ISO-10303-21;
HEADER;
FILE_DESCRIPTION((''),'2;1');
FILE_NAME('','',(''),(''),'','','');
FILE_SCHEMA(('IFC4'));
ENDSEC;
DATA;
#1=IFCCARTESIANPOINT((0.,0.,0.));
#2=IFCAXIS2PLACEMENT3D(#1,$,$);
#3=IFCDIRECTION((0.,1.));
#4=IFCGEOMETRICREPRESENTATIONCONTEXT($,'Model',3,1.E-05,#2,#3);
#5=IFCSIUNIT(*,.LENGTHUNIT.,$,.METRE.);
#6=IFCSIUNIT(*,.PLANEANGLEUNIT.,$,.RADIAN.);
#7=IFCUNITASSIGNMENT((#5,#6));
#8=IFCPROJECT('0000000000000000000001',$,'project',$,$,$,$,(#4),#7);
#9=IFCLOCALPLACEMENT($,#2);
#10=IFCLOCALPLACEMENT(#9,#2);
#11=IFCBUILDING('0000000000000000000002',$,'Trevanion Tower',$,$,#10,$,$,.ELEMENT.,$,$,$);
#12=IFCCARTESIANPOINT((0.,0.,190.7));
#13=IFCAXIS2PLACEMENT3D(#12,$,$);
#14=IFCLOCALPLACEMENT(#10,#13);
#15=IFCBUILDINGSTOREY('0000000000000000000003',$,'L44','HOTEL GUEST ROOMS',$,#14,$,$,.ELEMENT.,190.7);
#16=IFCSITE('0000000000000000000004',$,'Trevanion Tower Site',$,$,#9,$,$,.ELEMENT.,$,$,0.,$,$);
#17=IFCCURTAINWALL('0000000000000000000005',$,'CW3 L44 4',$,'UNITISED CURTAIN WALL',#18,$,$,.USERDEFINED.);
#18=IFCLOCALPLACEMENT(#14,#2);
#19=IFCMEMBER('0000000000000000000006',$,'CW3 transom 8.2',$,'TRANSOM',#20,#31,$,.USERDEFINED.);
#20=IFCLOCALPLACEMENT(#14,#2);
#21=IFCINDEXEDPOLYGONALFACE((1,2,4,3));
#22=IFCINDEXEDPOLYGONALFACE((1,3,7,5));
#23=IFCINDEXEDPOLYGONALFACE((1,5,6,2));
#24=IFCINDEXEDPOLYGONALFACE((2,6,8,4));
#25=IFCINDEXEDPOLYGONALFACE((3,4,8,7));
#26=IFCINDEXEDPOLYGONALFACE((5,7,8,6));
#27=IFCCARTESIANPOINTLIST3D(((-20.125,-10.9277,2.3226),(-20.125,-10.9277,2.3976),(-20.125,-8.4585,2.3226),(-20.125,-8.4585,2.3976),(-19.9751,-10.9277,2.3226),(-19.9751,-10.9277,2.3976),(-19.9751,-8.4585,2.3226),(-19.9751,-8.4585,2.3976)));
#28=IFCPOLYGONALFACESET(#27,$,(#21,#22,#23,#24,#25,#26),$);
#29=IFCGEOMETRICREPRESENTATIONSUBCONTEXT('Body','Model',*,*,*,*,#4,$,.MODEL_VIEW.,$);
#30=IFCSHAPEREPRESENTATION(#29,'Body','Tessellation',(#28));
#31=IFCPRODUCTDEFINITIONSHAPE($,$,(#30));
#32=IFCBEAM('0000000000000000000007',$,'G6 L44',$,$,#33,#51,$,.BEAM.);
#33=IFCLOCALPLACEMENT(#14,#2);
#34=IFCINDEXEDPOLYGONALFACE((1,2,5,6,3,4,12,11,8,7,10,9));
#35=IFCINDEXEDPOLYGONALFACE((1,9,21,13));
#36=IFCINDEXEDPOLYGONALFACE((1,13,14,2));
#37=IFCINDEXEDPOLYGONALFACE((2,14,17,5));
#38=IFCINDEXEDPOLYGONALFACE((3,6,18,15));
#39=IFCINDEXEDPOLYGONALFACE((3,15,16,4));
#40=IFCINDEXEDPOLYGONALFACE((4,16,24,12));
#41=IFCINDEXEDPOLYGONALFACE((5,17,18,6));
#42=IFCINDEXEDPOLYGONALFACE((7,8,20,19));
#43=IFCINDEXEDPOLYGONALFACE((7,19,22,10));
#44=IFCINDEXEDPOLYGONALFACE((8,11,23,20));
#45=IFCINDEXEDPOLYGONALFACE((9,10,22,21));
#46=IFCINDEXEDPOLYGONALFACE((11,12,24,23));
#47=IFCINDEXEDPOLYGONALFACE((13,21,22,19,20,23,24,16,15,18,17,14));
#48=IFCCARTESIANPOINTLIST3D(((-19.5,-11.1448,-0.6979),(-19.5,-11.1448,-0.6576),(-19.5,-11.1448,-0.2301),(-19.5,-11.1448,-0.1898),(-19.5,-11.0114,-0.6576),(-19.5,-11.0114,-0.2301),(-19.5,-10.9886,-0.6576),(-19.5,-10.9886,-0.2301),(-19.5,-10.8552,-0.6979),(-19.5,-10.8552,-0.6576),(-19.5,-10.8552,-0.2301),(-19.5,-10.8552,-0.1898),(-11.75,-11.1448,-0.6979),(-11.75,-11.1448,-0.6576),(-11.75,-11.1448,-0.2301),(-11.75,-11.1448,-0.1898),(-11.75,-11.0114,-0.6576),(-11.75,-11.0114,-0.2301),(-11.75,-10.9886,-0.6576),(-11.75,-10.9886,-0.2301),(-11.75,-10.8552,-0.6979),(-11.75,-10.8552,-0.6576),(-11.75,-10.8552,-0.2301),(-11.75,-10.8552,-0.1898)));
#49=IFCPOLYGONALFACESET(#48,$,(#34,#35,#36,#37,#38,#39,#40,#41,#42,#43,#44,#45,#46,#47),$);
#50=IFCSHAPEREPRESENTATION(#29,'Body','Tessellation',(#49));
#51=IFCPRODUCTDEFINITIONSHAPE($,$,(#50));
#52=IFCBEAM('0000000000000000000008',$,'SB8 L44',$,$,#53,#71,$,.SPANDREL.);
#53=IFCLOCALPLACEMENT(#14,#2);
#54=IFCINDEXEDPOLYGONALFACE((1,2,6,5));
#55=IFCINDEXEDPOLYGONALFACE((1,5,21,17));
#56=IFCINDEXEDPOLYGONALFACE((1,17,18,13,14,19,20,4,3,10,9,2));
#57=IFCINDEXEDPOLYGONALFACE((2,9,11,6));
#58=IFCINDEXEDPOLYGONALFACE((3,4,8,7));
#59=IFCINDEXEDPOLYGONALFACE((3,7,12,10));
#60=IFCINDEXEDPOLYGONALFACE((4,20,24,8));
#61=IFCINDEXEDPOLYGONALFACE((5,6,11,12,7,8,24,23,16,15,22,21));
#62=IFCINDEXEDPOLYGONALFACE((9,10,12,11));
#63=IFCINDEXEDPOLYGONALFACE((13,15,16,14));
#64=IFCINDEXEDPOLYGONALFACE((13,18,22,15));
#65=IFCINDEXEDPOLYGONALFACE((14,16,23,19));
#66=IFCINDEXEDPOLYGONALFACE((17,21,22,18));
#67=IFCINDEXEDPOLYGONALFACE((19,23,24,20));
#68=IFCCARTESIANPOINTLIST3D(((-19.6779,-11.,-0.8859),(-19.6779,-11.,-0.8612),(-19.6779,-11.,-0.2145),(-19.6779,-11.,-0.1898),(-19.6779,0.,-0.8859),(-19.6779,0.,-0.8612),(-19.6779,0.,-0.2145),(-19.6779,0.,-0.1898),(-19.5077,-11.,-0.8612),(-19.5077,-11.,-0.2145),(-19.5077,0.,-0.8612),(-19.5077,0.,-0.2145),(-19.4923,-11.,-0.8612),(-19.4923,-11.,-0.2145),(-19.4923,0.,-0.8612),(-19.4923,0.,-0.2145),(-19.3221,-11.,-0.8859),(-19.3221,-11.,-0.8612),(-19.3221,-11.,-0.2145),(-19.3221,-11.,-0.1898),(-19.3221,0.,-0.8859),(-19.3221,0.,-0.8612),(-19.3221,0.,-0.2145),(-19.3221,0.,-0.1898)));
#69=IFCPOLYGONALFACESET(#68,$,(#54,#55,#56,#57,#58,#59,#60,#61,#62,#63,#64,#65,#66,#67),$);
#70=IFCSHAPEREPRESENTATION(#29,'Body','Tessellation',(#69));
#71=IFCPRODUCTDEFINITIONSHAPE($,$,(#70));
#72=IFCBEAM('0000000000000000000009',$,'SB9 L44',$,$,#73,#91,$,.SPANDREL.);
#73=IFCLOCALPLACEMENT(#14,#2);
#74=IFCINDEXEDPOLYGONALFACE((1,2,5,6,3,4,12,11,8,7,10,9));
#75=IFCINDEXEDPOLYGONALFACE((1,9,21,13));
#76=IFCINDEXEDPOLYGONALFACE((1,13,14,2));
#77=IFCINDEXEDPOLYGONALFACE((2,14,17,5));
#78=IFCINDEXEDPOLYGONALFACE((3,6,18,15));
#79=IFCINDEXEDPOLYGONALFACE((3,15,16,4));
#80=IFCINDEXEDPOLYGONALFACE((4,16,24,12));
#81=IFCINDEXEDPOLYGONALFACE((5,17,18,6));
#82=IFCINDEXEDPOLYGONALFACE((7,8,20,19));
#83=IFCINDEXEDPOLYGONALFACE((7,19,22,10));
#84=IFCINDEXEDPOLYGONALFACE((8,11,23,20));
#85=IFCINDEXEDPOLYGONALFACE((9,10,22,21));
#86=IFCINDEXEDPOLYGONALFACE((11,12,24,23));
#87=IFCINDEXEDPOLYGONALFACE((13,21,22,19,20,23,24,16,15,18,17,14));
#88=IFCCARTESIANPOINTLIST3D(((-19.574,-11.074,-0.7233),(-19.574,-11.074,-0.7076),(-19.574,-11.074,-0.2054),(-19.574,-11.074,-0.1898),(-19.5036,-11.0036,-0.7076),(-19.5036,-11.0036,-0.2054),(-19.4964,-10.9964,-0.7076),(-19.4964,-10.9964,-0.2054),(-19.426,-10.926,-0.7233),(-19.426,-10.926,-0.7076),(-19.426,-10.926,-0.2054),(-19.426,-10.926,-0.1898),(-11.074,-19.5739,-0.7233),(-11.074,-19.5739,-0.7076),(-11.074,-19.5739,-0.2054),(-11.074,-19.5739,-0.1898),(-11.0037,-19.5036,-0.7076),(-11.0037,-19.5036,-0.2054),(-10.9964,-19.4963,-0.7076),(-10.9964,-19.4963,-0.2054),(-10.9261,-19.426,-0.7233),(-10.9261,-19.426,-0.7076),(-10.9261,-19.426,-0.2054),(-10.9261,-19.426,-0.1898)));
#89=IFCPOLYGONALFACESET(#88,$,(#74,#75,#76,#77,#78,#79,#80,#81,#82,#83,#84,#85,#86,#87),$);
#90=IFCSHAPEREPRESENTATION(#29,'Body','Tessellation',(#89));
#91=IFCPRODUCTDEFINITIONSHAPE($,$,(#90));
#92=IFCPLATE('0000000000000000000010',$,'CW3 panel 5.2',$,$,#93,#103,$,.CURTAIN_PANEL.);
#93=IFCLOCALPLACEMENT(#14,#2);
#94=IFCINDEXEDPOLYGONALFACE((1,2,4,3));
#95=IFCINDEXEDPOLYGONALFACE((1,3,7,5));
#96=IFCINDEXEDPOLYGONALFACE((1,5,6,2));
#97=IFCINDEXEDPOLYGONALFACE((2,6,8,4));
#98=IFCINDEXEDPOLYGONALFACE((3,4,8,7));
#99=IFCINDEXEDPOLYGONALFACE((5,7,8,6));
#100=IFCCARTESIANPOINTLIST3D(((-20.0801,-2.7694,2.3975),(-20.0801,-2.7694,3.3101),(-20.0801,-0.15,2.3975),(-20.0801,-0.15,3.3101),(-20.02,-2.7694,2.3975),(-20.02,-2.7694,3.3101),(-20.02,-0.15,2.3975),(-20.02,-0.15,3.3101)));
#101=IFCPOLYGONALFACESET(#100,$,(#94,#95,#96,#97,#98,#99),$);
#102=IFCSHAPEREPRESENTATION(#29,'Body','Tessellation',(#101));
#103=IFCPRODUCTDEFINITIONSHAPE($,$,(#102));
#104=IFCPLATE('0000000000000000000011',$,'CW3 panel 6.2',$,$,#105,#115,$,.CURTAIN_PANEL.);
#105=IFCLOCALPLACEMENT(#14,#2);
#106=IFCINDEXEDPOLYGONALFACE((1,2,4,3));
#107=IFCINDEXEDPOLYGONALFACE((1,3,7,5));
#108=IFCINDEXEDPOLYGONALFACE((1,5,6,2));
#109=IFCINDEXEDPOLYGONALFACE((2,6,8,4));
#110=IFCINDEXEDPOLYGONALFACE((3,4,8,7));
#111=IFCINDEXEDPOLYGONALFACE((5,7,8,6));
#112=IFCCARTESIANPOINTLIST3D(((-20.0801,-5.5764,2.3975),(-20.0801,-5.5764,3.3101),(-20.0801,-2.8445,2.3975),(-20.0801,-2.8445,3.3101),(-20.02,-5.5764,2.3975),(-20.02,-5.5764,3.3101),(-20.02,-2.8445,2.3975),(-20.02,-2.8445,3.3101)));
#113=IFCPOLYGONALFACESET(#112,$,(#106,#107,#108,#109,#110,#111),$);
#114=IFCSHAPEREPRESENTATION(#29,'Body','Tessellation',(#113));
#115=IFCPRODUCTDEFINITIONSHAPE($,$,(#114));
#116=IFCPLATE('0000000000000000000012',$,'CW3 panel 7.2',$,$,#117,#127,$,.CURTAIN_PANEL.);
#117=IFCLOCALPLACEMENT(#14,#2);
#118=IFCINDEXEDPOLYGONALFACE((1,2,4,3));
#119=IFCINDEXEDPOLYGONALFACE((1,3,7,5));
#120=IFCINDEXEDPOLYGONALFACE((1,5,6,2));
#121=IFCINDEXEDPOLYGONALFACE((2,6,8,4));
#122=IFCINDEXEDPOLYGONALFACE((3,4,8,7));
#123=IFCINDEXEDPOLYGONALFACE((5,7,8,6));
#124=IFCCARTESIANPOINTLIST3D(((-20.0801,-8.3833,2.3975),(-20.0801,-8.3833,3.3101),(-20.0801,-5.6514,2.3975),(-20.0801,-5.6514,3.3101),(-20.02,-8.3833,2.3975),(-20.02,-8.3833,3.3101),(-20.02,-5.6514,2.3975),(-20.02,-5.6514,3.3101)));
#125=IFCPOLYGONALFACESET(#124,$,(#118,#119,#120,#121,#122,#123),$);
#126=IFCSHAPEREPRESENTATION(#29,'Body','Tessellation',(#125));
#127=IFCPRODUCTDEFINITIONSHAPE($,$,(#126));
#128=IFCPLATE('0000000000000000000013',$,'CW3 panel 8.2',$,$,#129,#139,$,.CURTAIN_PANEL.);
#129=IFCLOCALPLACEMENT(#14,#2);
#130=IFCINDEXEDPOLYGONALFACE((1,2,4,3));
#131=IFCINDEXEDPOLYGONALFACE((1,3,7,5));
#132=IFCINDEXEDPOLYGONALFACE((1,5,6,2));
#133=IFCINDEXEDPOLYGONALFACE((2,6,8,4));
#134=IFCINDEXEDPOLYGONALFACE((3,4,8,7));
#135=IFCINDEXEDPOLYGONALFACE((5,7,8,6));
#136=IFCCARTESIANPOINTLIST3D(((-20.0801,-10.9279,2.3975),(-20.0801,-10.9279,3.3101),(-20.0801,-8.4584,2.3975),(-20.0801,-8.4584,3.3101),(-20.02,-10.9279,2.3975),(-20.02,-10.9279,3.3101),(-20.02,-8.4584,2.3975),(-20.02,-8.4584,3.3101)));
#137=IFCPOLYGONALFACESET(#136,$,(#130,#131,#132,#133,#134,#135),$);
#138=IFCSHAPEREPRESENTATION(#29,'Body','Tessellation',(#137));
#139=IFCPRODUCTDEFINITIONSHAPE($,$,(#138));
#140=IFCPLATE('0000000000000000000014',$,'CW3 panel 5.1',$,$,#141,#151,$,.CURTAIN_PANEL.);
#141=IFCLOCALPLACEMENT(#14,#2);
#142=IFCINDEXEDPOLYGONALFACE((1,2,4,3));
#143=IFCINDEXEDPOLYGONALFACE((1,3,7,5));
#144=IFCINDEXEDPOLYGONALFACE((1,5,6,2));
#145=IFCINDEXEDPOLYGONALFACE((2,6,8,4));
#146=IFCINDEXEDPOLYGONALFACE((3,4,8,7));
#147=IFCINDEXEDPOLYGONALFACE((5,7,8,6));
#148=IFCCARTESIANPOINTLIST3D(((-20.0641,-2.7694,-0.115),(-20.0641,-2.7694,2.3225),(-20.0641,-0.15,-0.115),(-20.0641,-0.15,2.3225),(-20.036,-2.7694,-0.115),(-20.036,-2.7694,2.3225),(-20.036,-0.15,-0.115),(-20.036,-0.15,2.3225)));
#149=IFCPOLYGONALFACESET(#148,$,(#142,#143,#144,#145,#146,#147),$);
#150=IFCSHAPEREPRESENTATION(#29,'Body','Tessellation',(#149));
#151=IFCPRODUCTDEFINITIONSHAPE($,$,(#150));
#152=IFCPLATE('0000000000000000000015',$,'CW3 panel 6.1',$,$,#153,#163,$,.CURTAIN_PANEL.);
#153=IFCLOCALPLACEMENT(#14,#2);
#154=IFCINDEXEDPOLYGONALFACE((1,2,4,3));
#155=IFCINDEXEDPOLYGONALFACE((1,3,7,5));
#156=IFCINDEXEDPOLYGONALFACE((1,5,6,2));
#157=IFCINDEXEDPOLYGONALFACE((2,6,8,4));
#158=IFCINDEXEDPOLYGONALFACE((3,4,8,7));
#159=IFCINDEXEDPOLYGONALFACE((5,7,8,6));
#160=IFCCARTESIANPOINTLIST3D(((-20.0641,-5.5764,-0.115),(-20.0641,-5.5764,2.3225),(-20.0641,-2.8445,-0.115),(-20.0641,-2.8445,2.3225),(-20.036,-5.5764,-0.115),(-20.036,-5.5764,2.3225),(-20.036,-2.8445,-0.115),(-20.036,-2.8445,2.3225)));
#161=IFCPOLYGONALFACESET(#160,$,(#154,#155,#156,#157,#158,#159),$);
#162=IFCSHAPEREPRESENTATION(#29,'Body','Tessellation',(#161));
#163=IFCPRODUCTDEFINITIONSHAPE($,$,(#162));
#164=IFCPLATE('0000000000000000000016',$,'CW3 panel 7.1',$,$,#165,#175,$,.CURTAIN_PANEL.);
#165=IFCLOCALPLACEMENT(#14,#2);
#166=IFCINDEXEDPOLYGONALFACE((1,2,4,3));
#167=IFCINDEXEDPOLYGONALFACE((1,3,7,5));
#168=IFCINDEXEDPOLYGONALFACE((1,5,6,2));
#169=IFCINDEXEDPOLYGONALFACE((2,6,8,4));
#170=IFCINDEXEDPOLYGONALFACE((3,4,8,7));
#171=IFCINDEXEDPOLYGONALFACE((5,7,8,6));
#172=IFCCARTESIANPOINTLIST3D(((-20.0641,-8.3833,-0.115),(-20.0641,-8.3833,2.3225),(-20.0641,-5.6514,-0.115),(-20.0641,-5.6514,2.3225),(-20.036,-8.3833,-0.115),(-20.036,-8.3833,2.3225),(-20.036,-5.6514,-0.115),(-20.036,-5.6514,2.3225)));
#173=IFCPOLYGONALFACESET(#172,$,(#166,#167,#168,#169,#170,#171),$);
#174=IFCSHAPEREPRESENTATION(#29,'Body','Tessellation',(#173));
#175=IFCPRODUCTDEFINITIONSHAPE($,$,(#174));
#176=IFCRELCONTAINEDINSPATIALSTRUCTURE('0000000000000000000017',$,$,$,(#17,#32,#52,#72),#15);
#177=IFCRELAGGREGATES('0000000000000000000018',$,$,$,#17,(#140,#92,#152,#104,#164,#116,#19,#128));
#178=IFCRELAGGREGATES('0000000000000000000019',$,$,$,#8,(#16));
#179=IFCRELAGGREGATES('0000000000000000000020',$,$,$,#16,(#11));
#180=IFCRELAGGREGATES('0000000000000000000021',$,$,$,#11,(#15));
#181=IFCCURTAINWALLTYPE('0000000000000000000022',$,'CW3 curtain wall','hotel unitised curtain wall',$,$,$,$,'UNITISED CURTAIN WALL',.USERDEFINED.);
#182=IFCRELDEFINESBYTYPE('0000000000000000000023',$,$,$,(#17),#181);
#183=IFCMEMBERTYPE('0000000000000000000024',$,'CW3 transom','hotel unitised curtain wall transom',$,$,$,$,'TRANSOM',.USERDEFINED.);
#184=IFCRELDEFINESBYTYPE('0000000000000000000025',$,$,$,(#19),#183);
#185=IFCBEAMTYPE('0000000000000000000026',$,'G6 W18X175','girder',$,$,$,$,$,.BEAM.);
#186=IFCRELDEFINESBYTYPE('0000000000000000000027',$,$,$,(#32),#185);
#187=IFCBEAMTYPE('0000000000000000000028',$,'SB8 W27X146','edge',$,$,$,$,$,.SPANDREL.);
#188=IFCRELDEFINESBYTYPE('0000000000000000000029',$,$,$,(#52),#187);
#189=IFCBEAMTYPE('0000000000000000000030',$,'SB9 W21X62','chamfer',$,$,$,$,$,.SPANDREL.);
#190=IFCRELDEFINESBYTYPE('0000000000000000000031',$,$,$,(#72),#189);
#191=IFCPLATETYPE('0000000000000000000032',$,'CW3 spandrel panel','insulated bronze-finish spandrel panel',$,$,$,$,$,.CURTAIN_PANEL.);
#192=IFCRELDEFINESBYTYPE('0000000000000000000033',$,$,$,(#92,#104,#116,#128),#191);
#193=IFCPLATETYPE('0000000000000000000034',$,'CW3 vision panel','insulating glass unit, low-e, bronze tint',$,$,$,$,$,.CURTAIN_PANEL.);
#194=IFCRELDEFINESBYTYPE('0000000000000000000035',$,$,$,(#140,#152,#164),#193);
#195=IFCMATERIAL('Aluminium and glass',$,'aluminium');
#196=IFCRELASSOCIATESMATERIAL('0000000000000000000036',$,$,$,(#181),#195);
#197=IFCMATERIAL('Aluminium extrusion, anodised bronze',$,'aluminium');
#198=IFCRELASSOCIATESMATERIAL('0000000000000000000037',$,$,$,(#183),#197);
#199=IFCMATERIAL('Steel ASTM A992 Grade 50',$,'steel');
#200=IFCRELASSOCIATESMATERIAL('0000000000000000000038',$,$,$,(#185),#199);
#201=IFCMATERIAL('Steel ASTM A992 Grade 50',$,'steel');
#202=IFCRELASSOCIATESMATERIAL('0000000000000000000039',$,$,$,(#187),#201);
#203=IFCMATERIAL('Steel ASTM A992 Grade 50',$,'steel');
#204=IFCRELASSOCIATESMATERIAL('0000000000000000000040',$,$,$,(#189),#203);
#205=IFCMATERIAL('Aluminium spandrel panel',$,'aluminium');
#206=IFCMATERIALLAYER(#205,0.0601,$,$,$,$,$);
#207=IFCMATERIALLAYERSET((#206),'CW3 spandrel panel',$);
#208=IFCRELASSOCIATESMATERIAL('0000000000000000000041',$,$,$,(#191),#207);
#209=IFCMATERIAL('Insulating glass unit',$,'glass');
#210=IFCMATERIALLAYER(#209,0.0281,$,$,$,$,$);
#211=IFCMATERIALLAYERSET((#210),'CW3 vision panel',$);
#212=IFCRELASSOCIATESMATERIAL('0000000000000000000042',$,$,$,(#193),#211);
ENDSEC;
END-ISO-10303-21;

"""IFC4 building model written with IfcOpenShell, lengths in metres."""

from ifc_helpers import new_model, si_unit, direction, frame, origin, origin_2d, place, context, subcontext, project, spatial, rectangle, i_section, extrude, material, layer, layer_set, material_profile, profile_set, type_object, element, aggregate, save


model = new_model("IFC4")

# Units and contexts
model_context = context("Model", 3, precision=1e-05, world=origin(), true_north=direction((0.0, 1.0)))
body_context = subcontext(model_context, "Body", "Model", "MODEL_VIEW")
ifc_project = project(units=[si_unit("LENGTHUNIT", "METRE"), si_unit("PLANEANGLEUNIT", "RADIAN")], contexts=[model_context])

# Site, building, storey
site_placement = place(None, origin())
site = spatial("IfcSite", under=ifc_project, at=site_placement, Name="Trevanion Tower Site", CompositionType="ELEMENT", RefElevation=0.0)
building_placement = place(site_placement, origin())
building = spatial("IfcBuilding", under=site, at=building_placement, Name="Trevanion Tower", CompositionType="ELEMENT")
storey_placement = place(building_placement, frame((0.0, 0.0, 190.7)))
storey = spatial("IfcBuildingStorey", under=building, at=storey_placement, Name="L44", Description="HOTEL GUEST ROOMS", CompositionType="ELEMENT", Elevation=190.7)

# Curtain wall, member
ifc_material_1 = material(Name="Aluminium and glass", Category="aluminium")
curtain_wall_type = type_object("IfcCurtainWallType", Name="CW3 curtain wall", Description="hotel unitised curtain wall", ElementType="UNITISED CURTAIN WALL", PredefinedType="USERDEFINED", material=ifc_material_1)
curtain_wall_placement = place(storey_placement, origin())
curtain_wall = element("IfcCurtainWall", 1, at=curtain_wall_placement, inside=storey, type_object=curtain_wall_type, Name="CW3 L44 4", ObjectType="UNITISED CURTAIN WALL", PredefinedType="USERDEFINED")
ifc_material_2 = material(Name="Aluminium extrusion, anodised bronze", Category="aluminium")
ifc_material_profile_1 = material_profile(ifc_material_2, rectangle(XDim=0.1499, YDim=0.075, at=origin_2d()), Name="CW3 transom")
ifc_profile_set_1 = profile_set([ifc_material_profile_1], Name="Aluminium extrusion, anodised bronze")
member_type_1 = type_object("IfcMemberType", Name="CW3 transom", Description="hotel unitised curtain wall transom", ElementType="TRANSOM", PredefinedType="USERDEFINED", material=ifc_profile_set_1)
member_1_placement = place(storey_placement, frame((-20.05, -8.4585, 2.3601), z_axis=(0.0, -1.0, 0.0), x_axis=(1.0, 0.0, 0.0)))
member_1 = element("IfcMember", 2, at=member_1_placement, type_object=member_type_1, Name="CW3 transom 8.2", ObjectType="TRANSOM", PredefinedType="USERDEFINED", context=body_context, shape_type="SweptSolid", body=[
    extrude(rectangle(XDim=0.1499, YDim=0.075, at=origin_2d()), origin(), (0.0, 0.0, 1.0), 2.4692),
])

# Beams
ifc_material_3 = material(Name="Steel ASTM A992 Grade 50", Category="steel")
ifc_material_profile_2 = material_profile(ifc_material_3, i_section(OverallWidth=0.2896, OverallDepth=0.5081, WebThickness=0.0227, FlangeThickness=0.0403, at=origin_2d()), Name="W18X175")
ifc_profile_set_2 = profile_set([ifc_material_profile_2], Name="Steel ASTM A992 Grade 50")
beam_type_1 = type_object("IfcBeamType", Name="G6 W18X175", Description="girder", PredefinedType="BEAM", material=ifc_profile_set_2)
beam_1_placement = place(storey_placement, frame((-11.75, -11.0, -0.4438), z_axis=(-1.0, 0.0, 0.0), x_axis=(0.0, -1.0, 0.0)))
element("IfcBeam", 3, at=beam_1_placement, inside=storey, type_object=beam_type_1, Name="G6 L44", PredefinedType="BEAM", context=body_context, shape_type="SweptSolid", body=[
    extrude(i_section(OverallWidth=0.2896, OverallDepth=0.5081, WebThickness=0.0227, FlangeThickness=0.0403, at=origin_2d()), origin(), (0.0, 0.0, 1.0), 7.75),
])
ifc_material_4 = material(Name="Steel ASTM A992 Grade 50", Category="steel")
ifc_material_profile_3 = material_profile(ifc_material_4, i_section(OverallWidth=0.3557, OverallDepth=0.696, WebThickness=0.0154, FlangeThickness=0.0247, at=origin_2d()), Name="W27X146")
ifc_profile_set_3 = profile_set([ifc_material_profile_3], Name="Steel ASTM A992 Grade 50")
beam_type_2 = type_object("IfcBeamType", Name="SB8 W27X146", Description="edge", PredefinedType="SPANDREL", material=ifc_profile_set_3)
beam_2_placement = place(storey_placement, frame((-19.5, 0.0, -0.5378), z_axis=(0.0, -1.0, 0.0), x_axis=(1.0, 0.0, 0.0)))
element("IfcBeam", 4, at=beam_2_placement, inside=storey, type_object=beam_type_2, Name="SB8 L44", PredefinedType="SPANDREL", context=body_context, shape_type="SweptSolid", body=[
    extrude(i_section(OverallWidth=0.3557, OverallDepth=0.696, WebThickness=0.0154, FlangeThickness=0.0247, at=origin_2d()), origin(), (0.0, 0.0, 1.0), 11.0),
])
ifc_material_5 = material(Name="Steel ASTM A992 Grade 50", Category="steel")
ifc_material_profile_4 = material_profile(ifc_material_5, i_section(OverallWidth=0.2092, OverallDepth=0.5334, WebThickness=0.0103, FlangeThickness=0.0156, at=origin_2d()), Name="W21X62")
ifc_profile_set_4 = profile_set([ifc_material_profile_4], Name="Steel ASTM A992 Grade 50")
beam_type_3 = type_object("IfcBeamType", Name="SB9 W21X62", Description="chamfer", PredefinedType="SPANDREL", material=ifc_profile_set_4)
beam_3_placement = place(storey_placement, frame((-19.5, -11.0, -0.4565), z_axis=(0.707107, -0.707107, 0.0), x_axis=(0.707107, 0.707107, 0.0)))
element("IfcBeam", 5, at=beam_3_placement, inside=storey, type_object=beam_type_3, Name="SB9 L44", PredefinedType="SPANDREL", context=body_context, shape_type="SweptSolid", body=[
    extrude(i_section(OverallWidth=0.2092, OverallDepth=0.5334, WebThickness=0.0103, FlangeThickness=0.0156, at=origin_2d()), origin(), (0.0, 0.0, 1.0), 12.0208),
])

# Plates
ifc_material_6 = material(Name="Aluminium spandrel panel", Category="aluminium")
ifc_layer_1 = layer(ifc_material_6, 0.0601)
ifc_layer_set_1 = layer_set([ifc_layer_1], Name="CW3 spandrel panel")
plate_type_1 = type_object("IfcPlateType", Name="CW3 spandrel panel", Description="insulated bronze-finish spandrel panel", PredefinedType="CURTAIN_PANEL", material=ifc_layer_set_1)
plate_1_placement = place(storey_placement, frame((-20.05, -1.4597, 2.3975), z_axis=(0.0, 0.0, 1.0), x_axis=(0.0, -1.0, 0.0)))
plate_1 = element("IfcPlate", 6, at=plate_1_placement, type_object=plate_type_1, Name="CW3 panel 5.2", PredefinedType="CURTAIN_PANEL", context=body_context, shape_type="SweptSolid", body=[
    extrude(rectangle(XDim=2.6194, YDim=0.0601, at=origin_2d()), origin(), (0.0, 0.0, 1.0), 0.9126),
])
plate_2_placement = place(storey_placement, frame((-20.05, -4.2104, 2.3975), z_axis=(0.0, 0.0, 1.0), x_axis=(0.0, -1.0, 0.0)))
plate_2 = element("IfcPlate", 7, at=plate_2_placement, type_object=plate_type_1, Name="CW3 panel 6.2", PredefinedType="CURTAIN_PANEL", context=body_context, shape_type="SweptSolid", body=[
    extrude(rectangle(XDim=2.7319, YDim=0.0601, at=origin_2d()), origin(), (0.0, 0.0, 1.0), 0.9126),
])
plate_3_placement = place(storey_placement, frame((-20.05, -7.0173, 2.3975), z_axis=(0.0, 0.0, 1.0), x_axis=(0.0, -1.0, 0.0)))
plate_3 = element("IfcPlate", 8, at=plate_3_placement, type_object=plate_type_1, Name="CW3 panel 7.2", PredefinedType="CURTAIN_PANEL", context=body_context, shape_type="SweptSolid", body=[
    extrude(rectangle(XDim=2.7319, YDim=0.0601, at=origin_2d()), origin(), (0.0, 0.0, 1.0), 0.9126),
])
plate_4_placement = place(storey_placement, frame((-20.05, -9.6931, 2.3975), z_axis=(0.0, 0.0, 1.0), x_axis=(0.0, -1.0, 0.0)))
plate_4 = element("IfcPlate", 9, at=plate_4_placement, type_object=plate_type_1, Name="CW3 panel 8.2", PredefinedType="CURTAIN_PANEL", context=body_context, shape_type="SweptSolid", body=[
    extrude(rectangle(XDim=2.4695, YDim=0.0601, at=origin_2d()), origin(), (0.0, 0.0, 1.0), 0.9126),
])
ifc_material_7 = material(Name="Insulating glass unit", Category="glass")
ifc_layer_2 = layer(ifc_material_7, 0.0281)
ifc_layer_set_2 = layer_set([ifc_layer_2], Name="CW3 vision panel")
plate_type_2 = type_object("IfcPlateType", Name="CW3 vision panel", Description="insulating glass unit, low-e, bronze tint", PredefinedType="CURTAIN_PANEL", material=ifc_layer_set_2)
plate_5_placement = place(storey_placement, frame((-20.05, -1.4597, -0.115), z_axis=(0.0, 0.0, 1.0), x_axis=(0.0, -1.0, 0.0)))
plate_5 = element("IfcPlate", 10, at=plate_5_placement, type_object=plate_type_2, Name="CW3 panel 5.1", PredefinedType="CURTAIN_PANEL", context=body_context, shape_type="SweptSolid", body=[
    extrude(rectangle(XDim=2.6194, YDim=0.0281, at=origin_2d()), origin(), (0.0, 0.0, 1.0), 2.4375),
])
plate_6_placement = place(storey_placement, frame((-20.05, -4.2104, -0.115), z_axis=(0.0, 0.0, 1.0), x_axis=(0.0, -1.0, 0.0)))
plate_6 = element("IfcPlate", 11, at=plate_6_placement, type_object=plate_type_2, Name="CW3 panel 6.1", PredefinedType="CURTAIN_PANEL", context=body_context, shape_type="SweptSolid", body=[
    extrude(rectangle(XDim=2.7319, YDim=0.0281, at=origin_2d()), origin(), (0.0, 0.0, 1.0), 2.4375),
])
plate_7_placement = place(storey_placement, frame((-20.05, -7.0173, -0.115), z_axis=(0.0, 0.0, 1.0), x_axis=(0.0, -1.0, 0.0)))
plate_7 = element("IfcPlate", 12, at=plate_7_placement, type_object=plate_type_2, Name="CW3 panel 7.1", PredefinedType="CURTAIN_PANEL", context=body_context, shape_type="SweptSolid", body=[
    extrude(rectangle(XDim=2.7319, YDim=0.0281, at=origin_2d()), origin(), (0.0, 0.0, 1.0), 2.4375),
])
aggregate(curtain_wall, [plate_5, plate_1, plate_6, plate_2, plate_7, plate_3, member_1, plate_4])

save(model, "model.ifc")
